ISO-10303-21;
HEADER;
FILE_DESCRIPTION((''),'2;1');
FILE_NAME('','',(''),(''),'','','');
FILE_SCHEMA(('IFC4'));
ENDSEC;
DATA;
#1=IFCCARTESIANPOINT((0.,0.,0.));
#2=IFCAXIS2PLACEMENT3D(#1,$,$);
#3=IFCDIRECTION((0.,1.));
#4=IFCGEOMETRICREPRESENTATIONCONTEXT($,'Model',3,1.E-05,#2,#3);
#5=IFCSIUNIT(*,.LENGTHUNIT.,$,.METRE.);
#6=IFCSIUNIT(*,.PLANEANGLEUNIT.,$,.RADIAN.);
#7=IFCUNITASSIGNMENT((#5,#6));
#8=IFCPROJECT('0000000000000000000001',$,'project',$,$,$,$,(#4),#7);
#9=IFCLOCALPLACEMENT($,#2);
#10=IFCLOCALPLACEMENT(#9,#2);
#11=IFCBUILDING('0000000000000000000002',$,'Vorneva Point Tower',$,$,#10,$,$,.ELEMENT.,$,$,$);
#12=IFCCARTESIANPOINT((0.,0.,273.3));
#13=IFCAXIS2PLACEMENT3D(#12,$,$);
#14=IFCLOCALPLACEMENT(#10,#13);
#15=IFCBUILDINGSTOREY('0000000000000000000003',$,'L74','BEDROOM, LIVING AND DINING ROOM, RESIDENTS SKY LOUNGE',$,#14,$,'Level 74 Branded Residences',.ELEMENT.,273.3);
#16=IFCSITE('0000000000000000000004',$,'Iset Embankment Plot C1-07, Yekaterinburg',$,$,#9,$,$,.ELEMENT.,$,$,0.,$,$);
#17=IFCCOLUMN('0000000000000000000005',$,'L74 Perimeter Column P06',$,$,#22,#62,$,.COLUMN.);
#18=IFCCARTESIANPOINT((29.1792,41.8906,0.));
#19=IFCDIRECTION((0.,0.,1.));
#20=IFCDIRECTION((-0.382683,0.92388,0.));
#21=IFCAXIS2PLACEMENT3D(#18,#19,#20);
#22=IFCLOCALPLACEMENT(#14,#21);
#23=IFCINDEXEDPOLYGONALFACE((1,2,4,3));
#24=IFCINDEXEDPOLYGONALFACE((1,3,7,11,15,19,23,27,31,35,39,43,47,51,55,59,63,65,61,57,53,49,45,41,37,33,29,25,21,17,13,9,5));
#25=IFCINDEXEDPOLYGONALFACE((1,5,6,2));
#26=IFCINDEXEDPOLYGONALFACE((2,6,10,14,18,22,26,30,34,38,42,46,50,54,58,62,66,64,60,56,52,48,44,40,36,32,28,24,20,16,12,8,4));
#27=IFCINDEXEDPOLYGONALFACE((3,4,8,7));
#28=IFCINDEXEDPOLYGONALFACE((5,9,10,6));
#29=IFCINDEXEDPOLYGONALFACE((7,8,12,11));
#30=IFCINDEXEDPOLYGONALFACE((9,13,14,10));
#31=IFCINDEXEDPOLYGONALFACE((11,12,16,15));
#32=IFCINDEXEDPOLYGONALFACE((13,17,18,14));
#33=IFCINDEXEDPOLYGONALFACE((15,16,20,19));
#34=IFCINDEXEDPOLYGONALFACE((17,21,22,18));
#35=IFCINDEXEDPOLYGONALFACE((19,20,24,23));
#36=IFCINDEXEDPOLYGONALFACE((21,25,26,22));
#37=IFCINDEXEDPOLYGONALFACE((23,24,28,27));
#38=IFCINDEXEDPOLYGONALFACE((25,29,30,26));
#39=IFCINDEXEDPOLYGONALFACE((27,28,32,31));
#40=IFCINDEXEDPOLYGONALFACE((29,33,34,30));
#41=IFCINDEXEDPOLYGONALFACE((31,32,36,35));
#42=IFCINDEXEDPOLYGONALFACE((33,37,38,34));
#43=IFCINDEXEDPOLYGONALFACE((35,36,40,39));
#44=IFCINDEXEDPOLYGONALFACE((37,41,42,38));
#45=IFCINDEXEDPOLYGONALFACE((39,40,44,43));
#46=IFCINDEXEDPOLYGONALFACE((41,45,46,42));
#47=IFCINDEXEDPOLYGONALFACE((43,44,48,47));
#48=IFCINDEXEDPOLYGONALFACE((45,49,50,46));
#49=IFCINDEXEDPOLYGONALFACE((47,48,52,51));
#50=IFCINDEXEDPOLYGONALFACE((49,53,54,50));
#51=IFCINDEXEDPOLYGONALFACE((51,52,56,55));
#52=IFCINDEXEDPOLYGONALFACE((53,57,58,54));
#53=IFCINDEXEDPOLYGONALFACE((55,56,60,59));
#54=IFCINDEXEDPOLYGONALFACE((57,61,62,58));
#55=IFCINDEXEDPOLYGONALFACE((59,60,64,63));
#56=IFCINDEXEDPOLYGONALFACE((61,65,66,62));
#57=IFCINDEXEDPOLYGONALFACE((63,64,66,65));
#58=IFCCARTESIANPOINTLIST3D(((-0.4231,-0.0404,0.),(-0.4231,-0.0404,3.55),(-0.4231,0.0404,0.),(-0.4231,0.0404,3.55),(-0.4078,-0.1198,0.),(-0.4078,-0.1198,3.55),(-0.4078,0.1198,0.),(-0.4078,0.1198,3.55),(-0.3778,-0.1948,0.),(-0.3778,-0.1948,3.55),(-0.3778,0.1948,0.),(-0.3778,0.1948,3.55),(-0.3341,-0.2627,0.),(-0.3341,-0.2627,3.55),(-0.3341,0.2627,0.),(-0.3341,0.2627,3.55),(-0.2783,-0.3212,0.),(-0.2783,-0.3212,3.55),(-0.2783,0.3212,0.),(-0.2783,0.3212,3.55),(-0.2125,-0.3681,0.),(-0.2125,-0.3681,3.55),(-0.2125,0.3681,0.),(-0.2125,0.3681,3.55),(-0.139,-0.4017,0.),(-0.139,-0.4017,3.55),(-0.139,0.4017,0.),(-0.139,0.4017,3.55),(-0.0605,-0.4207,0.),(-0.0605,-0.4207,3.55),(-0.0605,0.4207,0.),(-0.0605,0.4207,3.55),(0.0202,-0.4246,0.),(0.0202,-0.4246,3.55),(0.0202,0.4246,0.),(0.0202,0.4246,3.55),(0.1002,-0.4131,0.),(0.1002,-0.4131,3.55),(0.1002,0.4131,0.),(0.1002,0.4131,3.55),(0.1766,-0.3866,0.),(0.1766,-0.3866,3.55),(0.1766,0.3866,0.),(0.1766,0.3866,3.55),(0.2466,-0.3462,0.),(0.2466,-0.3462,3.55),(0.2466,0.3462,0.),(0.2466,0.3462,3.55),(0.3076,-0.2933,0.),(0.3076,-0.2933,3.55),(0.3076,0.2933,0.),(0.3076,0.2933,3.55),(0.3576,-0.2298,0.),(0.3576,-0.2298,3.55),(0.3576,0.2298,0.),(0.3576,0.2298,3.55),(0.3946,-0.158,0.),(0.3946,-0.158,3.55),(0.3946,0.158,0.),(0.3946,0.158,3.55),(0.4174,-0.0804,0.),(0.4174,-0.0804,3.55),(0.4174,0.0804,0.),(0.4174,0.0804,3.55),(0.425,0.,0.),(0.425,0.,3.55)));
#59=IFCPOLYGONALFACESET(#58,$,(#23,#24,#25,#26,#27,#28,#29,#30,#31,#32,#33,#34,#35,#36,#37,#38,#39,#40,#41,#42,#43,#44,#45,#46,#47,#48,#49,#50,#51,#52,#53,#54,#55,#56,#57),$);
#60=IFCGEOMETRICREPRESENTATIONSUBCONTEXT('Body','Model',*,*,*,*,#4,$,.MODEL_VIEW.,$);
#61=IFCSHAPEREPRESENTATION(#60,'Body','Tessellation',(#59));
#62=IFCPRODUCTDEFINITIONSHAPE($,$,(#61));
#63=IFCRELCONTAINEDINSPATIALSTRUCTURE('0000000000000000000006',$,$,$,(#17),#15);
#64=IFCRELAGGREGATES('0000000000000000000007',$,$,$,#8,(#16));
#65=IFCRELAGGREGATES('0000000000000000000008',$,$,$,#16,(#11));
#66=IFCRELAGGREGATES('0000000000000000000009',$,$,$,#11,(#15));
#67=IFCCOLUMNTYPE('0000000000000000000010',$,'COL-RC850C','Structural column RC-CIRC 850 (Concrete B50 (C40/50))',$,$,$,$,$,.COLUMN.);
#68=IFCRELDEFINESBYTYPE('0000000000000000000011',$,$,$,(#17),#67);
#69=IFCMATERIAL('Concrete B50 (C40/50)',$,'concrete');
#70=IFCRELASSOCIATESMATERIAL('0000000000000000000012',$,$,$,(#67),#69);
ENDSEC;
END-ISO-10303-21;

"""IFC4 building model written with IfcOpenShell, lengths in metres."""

from ifc_helpers import new_model, si_unit, direction, frame, origin, origin_2d, place, context, subcontext, project, spatial, circle, extrude, material, material_profile, profile_set, type_object, element, save


model = new_model("IFC4")

# Units and contexts
model_context = context("Model", 3, precision=1e-05, world=origin(), true_north=direction((0.0, 1.0)))
body_context = subcontext(model_context, "Body", "Model", "MODEL_VIEW")
ifc_project = project(units=[si_unit("LENGTHUNIT", "METRE"), si_unit("PLANEANGLEUNIT", "RADIAN")], contexts=[model_context])

# Site, building, storey
site_placement = place(None, origin())
site = spatial("IfcSite", under=ifc_project, at=site_placement, Name="Iset Embankment Plot C1-07, Yekaterinburg", CompositionType="ELEMENT", RefElevation=0.0)
building_placement = place(site_placement, origin())
building = spatial("IfcBuilding", under=site, at=building_placement, Name="Vorneva Point Tower", CompositionType="ELEMENT")
storey_placement = place(building_placement, frame((0.0, 0.0, 273.3)))
storey = spatial("IfcBuildingStorey", under=building, at=storey_placement, Name="L74", Description="BEDROOM, LIVING AND DINING ROOM, RESIDENTS SKY LOUNGE", LongName="Level 74 Branded Residences", CompositionType="ELEMENT", Elevation=273.3)

# Column
ifc_material_1 = material(Name="Concrete B50 (C40/50)", Category="concrete")
ifc_material_profile_1 = material_profile(ifc_material_1, circle(Radius=0.425, at=origin_2d()), Name="RC-CIRC 850")
ifc_profile_set_1 = profile_set([ifc_material_profile_1], Name="Concrete B50 (C40/50)")
column_type = type_object("IfcColumnType", Name="COL-RC850C", Description="Structural column RC-CIRC 850 (Concrete B50 (C40/50))", PredefinedType="COLUMN", material=ifc_profile_set_1)
column_placement = place(storey_placement, frame((29.1792, 41.8906, 0.0), z_axis=(0.0, 0.0, 1.0), x_axis=(-0.382683, 0.92388, 0.0)))
element("IfcColumn", 1, at=column_placement, inside=storey, type_object=column_type, Name="L74 Perimeter Column P06", PredefinedType="COLUMN", context=body_context, shape_type="SweptSolid", body=[
    extrude(circle(Radius=0.425, at=origin_2d()), origin(), (0.0, 0.0, 1.0), 3.55),
])

save(model, "model.ifc")
